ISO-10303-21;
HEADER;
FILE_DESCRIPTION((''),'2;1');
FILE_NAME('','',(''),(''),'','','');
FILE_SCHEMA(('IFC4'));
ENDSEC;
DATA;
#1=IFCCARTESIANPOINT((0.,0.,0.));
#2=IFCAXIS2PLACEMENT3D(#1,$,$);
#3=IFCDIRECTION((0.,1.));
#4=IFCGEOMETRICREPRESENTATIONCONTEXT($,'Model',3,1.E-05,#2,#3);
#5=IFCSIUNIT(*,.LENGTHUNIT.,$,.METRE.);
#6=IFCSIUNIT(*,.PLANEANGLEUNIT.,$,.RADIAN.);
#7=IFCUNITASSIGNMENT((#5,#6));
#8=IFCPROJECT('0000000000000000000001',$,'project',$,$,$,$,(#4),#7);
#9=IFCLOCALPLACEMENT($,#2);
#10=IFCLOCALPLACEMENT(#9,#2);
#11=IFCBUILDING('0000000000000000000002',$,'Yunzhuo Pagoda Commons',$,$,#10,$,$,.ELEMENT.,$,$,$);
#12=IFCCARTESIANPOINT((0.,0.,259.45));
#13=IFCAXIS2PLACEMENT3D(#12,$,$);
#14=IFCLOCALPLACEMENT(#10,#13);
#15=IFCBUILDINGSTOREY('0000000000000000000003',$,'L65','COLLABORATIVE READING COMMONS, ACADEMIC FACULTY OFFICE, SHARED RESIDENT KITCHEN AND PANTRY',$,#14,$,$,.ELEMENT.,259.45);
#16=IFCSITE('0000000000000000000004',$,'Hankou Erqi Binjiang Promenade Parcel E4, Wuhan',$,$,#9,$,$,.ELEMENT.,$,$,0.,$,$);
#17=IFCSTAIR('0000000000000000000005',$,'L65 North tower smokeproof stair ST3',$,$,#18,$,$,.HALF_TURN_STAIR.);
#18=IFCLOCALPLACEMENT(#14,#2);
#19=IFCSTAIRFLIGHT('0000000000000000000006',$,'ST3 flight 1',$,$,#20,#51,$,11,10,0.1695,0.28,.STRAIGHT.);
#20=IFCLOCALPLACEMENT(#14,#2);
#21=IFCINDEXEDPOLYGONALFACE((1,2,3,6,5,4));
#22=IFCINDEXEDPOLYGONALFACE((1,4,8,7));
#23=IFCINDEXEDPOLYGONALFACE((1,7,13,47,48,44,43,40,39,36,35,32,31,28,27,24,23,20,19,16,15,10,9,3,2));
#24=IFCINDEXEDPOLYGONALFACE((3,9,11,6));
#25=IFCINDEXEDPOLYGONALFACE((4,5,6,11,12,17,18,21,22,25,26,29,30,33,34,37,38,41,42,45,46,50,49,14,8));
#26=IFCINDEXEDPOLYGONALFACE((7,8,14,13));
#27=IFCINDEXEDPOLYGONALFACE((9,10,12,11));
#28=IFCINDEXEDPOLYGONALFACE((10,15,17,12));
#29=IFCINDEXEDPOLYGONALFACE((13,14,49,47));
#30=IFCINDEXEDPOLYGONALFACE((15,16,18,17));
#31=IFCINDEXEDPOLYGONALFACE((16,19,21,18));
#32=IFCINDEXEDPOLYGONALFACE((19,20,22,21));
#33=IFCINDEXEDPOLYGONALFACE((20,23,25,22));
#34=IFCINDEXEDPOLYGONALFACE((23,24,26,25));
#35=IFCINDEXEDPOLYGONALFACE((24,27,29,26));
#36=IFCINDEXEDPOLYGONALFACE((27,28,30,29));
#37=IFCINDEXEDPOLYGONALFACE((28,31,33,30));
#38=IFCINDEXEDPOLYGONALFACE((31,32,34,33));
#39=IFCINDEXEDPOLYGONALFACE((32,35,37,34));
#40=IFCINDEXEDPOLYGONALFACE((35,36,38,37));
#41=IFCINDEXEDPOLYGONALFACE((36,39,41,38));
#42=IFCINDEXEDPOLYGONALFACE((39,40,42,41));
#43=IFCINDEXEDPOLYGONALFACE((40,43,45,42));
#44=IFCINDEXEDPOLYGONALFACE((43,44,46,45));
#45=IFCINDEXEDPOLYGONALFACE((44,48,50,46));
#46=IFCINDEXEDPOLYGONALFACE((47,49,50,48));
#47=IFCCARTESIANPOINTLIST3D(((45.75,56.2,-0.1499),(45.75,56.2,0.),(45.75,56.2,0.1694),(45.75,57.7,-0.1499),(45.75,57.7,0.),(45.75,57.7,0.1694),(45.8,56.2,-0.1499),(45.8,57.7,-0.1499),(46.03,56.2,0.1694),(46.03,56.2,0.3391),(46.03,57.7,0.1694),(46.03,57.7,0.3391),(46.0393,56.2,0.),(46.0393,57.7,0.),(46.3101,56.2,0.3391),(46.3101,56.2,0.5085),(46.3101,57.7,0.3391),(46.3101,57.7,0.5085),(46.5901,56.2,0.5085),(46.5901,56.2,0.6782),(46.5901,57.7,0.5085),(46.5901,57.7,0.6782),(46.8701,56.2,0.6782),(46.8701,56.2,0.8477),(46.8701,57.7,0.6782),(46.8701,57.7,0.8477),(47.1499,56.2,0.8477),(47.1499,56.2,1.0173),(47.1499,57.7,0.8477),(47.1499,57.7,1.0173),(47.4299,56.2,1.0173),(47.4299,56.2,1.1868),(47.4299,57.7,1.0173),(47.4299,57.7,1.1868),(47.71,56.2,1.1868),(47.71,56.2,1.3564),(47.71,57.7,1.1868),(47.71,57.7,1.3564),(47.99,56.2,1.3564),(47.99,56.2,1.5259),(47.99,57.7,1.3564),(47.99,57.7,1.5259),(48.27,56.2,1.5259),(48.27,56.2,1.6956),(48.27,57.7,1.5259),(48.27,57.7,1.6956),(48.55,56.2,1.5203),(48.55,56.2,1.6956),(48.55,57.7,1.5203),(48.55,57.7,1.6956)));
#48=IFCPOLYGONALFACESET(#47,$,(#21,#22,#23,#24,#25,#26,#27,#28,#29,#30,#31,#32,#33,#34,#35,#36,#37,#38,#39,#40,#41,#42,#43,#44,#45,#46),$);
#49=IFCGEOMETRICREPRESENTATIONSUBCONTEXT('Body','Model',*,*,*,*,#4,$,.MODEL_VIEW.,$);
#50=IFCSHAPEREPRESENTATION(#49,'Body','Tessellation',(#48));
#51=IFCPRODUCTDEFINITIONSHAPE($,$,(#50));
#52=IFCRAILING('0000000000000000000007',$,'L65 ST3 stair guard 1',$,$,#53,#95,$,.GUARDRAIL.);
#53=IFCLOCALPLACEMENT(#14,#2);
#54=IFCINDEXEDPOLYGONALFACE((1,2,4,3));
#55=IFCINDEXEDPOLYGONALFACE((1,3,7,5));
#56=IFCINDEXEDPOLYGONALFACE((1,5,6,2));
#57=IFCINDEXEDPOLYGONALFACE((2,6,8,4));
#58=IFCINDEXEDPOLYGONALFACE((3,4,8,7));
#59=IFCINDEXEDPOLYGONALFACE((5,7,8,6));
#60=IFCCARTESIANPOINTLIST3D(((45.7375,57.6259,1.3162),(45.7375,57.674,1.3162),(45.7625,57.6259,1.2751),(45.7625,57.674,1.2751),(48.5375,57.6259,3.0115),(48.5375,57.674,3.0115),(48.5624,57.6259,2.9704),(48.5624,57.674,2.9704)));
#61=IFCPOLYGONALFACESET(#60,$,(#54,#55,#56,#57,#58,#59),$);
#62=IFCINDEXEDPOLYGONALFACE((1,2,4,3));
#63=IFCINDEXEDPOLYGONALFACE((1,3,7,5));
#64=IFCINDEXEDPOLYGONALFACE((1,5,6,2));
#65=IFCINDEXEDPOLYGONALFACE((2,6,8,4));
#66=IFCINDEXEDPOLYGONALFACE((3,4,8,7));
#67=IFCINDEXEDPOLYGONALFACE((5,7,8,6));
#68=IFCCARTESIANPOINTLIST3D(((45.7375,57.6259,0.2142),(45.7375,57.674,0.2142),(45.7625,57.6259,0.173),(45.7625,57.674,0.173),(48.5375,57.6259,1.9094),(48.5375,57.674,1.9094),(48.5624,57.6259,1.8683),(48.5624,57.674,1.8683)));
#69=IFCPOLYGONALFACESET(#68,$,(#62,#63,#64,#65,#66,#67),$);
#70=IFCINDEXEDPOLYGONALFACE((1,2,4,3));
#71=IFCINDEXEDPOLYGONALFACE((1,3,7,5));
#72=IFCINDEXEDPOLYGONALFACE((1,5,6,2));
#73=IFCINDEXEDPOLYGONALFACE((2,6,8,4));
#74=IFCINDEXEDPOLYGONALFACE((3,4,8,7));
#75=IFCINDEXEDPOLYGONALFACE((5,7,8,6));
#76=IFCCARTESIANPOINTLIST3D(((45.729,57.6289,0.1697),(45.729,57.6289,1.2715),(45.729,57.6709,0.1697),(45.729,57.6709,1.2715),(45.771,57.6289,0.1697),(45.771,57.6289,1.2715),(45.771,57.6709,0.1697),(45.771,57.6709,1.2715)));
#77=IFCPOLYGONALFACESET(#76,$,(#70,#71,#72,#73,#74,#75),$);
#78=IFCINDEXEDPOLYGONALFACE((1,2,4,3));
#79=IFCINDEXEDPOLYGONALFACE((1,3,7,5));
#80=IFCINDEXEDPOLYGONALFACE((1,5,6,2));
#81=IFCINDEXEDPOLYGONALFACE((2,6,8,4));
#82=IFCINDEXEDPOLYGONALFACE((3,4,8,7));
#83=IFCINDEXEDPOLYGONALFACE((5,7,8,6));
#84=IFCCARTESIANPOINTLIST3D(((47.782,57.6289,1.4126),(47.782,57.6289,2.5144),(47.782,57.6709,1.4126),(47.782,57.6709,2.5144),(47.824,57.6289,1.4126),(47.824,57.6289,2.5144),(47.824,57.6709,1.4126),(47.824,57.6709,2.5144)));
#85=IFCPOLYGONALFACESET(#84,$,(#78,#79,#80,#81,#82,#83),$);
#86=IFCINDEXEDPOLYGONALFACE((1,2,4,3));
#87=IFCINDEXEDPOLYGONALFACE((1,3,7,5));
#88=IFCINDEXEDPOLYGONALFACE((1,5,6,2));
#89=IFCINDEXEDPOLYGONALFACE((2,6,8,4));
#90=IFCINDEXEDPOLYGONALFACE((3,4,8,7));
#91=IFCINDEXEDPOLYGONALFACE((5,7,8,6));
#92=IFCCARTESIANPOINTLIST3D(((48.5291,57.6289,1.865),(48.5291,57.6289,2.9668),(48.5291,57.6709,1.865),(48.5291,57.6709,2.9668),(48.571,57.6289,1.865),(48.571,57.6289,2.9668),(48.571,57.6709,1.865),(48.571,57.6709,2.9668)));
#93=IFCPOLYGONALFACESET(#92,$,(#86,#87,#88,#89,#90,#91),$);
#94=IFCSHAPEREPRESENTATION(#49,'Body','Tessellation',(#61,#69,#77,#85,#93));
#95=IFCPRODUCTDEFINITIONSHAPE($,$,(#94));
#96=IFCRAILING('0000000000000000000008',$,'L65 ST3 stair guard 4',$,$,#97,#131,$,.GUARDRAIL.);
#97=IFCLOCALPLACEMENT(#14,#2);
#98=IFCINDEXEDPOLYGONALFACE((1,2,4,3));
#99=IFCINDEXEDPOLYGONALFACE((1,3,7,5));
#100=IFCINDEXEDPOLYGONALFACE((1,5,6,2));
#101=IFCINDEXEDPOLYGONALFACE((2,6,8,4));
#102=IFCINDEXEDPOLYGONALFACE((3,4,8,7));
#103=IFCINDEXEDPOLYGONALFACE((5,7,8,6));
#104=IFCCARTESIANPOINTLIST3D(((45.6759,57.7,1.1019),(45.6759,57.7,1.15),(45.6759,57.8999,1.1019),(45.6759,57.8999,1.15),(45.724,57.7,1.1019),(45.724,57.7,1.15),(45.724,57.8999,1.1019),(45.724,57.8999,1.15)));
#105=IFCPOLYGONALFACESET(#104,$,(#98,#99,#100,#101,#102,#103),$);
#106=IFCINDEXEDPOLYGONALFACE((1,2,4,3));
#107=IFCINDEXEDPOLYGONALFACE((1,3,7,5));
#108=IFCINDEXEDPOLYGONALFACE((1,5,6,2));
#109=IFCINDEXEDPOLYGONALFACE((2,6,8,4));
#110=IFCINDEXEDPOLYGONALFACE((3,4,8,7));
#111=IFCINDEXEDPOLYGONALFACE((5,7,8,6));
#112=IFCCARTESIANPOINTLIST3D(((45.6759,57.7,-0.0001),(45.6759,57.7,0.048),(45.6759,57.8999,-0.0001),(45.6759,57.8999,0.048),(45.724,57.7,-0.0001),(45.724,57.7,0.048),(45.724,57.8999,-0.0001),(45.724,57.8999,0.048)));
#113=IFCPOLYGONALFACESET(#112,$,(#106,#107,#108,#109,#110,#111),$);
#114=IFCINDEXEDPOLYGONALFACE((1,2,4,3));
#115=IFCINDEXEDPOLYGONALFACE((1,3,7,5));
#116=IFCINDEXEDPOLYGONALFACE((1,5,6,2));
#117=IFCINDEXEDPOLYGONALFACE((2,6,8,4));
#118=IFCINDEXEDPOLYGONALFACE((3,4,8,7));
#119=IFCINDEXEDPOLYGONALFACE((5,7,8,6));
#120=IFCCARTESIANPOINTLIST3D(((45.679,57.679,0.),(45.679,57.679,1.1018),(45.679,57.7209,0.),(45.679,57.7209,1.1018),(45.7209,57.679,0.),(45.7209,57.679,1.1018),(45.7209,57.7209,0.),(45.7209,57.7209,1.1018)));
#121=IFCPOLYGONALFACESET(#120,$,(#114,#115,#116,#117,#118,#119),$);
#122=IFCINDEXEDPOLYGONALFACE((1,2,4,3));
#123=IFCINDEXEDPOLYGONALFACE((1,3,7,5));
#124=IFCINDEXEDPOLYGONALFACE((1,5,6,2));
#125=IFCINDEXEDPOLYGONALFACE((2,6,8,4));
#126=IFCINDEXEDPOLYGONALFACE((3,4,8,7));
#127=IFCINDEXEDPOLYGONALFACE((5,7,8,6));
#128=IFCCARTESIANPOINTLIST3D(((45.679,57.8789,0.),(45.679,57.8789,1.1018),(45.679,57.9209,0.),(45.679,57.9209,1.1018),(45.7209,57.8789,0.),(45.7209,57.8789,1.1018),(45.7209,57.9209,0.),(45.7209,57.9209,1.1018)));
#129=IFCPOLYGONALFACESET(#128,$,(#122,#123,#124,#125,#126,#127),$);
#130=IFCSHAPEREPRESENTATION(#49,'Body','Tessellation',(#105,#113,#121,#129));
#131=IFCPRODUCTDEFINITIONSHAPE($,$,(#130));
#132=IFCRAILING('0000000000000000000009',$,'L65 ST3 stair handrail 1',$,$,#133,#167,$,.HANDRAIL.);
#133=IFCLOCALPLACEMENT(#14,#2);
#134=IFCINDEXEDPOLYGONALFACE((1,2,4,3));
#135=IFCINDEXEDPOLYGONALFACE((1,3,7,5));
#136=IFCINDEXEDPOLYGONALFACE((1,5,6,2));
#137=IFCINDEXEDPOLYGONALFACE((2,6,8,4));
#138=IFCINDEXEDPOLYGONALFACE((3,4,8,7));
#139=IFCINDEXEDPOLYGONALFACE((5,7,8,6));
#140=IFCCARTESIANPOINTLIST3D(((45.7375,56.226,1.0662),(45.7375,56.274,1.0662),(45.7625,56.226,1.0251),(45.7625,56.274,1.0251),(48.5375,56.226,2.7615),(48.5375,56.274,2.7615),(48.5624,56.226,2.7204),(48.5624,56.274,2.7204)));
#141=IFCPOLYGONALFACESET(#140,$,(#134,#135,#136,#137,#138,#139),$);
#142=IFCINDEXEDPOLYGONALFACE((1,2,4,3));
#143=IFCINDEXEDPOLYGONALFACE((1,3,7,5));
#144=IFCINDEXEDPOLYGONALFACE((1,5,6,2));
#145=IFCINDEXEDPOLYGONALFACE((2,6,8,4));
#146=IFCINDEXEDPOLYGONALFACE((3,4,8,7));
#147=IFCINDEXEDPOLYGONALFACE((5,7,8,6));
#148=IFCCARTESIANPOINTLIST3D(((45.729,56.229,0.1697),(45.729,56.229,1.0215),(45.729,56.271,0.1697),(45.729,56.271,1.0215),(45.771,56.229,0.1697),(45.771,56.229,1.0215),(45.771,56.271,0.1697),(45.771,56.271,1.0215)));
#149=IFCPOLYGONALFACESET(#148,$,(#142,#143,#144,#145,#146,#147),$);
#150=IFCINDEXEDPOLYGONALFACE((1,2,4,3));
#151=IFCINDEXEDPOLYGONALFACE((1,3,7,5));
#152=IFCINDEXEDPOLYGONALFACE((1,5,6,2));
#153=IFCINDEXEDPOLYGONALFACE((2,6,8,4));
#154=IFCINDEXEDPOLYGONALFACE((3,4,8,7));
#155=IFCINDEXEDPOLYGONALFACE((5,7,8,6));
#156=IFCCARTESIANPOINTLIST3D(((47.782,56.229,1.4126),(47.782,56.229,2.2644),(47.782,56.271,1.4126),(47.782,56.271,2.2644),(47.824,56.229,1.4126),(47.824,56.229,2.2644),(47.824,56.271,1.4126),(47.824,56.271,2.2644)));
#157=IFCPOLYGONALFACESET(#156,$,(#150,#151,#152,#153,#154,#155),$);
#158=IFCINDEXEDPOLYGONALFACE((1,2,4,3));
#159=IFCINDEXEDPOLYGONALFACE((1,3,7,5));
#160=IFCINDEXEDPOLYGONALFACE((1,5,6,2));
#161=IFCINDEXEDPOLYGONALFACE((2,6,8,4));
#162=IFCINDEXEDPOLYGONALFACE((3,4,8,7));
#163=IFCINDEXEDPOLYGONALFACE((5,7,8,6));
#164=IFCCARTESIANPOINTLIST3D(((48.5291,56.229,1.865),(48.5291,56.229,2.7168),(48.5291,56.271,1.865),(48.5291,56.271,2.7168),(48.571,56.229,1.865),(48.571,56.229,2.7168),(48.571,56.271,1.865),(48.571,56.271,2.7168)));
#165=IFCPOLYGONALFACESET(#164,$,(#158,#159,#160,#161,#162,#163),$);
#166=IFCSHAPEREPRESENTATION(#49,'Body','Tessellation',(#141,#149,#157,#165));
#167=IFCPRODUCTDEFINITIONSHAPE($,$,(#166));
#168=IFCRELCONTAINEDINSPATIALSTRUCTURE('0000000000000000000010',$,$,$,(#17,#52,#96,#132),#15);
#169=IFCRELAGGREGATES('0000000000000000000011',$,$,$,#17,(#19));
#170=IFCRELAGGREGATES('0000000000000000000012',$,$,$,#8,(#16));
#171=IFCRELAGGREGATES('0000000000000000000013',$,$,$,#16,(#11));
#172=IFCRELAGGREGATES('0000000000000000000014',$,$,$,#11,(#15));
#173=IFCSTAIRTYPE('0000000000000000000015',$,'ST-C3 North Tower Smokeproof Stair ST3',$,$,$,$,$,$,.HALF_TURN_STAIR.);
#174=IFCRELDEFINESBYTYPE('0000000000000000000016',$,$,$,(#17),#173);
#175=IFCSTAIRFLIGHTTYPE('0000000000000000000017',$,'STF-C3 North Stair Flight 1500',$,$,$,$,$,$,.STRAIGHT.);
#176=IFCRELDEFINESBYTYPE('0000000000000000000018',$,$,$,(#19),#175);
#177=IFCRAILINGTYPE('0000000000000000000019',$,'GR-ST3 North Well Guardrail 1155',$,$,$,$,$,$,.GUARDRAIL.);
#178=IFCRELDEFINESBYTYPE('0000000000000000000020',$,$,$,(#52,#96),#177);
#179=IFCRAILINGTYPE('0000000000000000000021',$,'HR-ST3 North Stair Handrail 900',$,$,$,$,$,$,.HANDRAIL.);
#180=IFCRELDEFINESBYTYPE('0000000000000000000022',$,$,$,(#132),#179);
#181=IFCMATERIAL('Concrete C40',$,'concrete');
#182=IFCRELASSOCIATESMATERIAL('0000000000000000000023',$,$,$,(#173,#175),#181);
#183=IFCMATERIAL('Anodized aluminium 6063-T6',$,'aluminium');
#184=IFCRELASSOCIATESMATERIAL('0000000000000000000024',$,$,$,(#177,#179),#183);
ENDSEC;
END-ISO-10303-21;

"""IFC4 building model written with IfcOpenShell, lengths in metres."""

from ifc_helpers import new_model, si_unit, direction, frame, origin, origin_2d, place, context, subcontext, project, spatial, polyline, rectangle, outline, extrude, source, transform, mapped, material, type_object, element, aggregate, save


model = new_model("IFC4")

# Units and contexts
model_context = context("Model", 3, precision=1e-05, world=origin(), true_north=direction((0.0, 1.0)))
body_context = subcontext(model_context, "Body", "Model", "MODEL_VIEW")
ifc_project = project(units=[si_unit("LENGTHUNIT", "METRE"), si_unit("PLANEANGLEUNIT", "RADIAN")], contexts=[model_context])

# Site, building, storey
site_placement = place(None, origin())
site = spatial("IfcSite", under=ifc_project, at=site_placement, Name="Hankou Erqi Binjiang Promenade Parcel E4, Wuhan", CompositionType="ELEMENT", RefElevation=0.0)
building_placement = place(site_placement, origin())
building = spatial("IfcBuilding", under=site, at=building_placement, Name="Yunzhuo Pagoda Commons", CompositionType="ELEMENT")
storey_placement = place(building_placement, frame((0.0, 0.0, 259.45)))
storey = spatial("IfcBuildingStorey", under=building, at=storey_placement, Name="L65", Description="COLLABORATIVE READING COMMONS, ACADEMIC FACULTY OFFICE, SHARED RESIDENT KITCHEN AND PANTRY", CompositionType="ELEMENT", Elevation=259.45)

# Shared definitions
ifc_material_1 = material(Name="Anodized aluminium 6063-T6", Category="aluminium")

# Stair, stair flight
ifc_material_2 = material(Name="Concrete C40", Category="concrete")
stair_type = type_object("IfcStairType", Name="ST-C3 North Tower Smokeproof Stair ST3", PredefinedType="HALF_TURN_STAIR", material=ifc_material_2)
stair_placement = place(storey_placement, origin())
stair = element("IfcStair", 1, at=stair_placement, inside=storey, type_object=stair_type, Name="L65 North tower smokeproof stair ST3", PredefinedType="HALF_TURN_STAIR")
stair_flight_type = type_object("IfcStairFlightType", Name="STF-C3 North Stair Flight 1500", PredefinedType="STRAIGHT", material=ifc_material_2)
shared_shape_1 = source(origin(), body_context, "Body", "SweptSolid", [
    extrude(outline(polyline([(0.0, -0.1499), (0.0, 0.0), (0.0, 0.1694), (0.28, 0.1694), (0.28, 0.3391), (0.5601, 0.3391), (0.5601, 0.5085), (0.8401, 0.5085), (0.8401, 0.6782), (1.1201, 0.6782), (1.1201, 0.8477), (1.3999, 0.8477), (1.3999, 1.0173), (1.6799, 1.0173), (1.6799, 1.1868), (1.96, 1.1868), (1.96, 1.3564), (2.24, 1.3564), (2.24, 1.5259), (2.52, 1.5259), (2.52, 1.6956), (2.8, 1.6956), (2.8, 1.865), (2.8, 1.5203), (0.2893, 0.0), (0.05, -0.1499), (0.0, -0.1499)])), frame((0.0, 0.75, 0.0), z_axis=(0.0, -1.0, 0.0), x_axis=(1.0, 0.0, 0.0)), (0.0, 0.0, 1.0), 1.5),
])
stair_flight_placement = place(storey_placement, frame((45.75, 56.95, 0.0), z_axis=(0.0, 0.0, 1.0), x_axis=(1.0, 0.0, 0.0)))
stair_flight = element("IfcStairFlight", 2, at=stair_flight_placement, type_object=stair_flight_type, Name="ST3 flight 1", NumberOfRisers=11, NumberOfTreads=10, PredefinedType="STRAIGHT", RiserHeight=0.1695, TreadLength=0.28, context=body_context, shape_type="MappedRepresentation", body=[
    mapped(shared_shape_1, transform((0.0, 0.0, 0.0), scale=1.0)),
])
aggregate(stair, [stair_flight])

# Railings
railing_type_1 = type_object("IfcRailingType", Name="GR-ST3 North Well Guardrail 1155", PredefinedType="GUARDRAIL", material=ifc_material_1)
railing_1_placement = place(storey_placement, frame((45.75, 57.6499, 0.1697)))
element("IfcRailing", 3, at=railing_1_placement, inside=storey, type_object=railing_type_1, Name="L65 ST3 stair guard 1", PredefinedType="GUARDRAIL", context=body_context, shape_type="SweptSolid", body=[
    extrude(rectangle(XDim=0.0481, YDim=0.0481, at=origin_2d()), frame((0.0, 0.0, 1.126), z_axis=(0.855426, 0.0, 0.517925), x_axis=(0.0, 1.0, 0.0)), (0.0, 0.0, 1.0), 3.2732),
    extrude(rectangle(XDim=0.0481, YDim=0.0481, at=origin_2d()), frame((0.0, 0.0, 0.0239), z_axis=(0.855426, 0.0, 0.517925), x_axis=(0.0, 1.0, 0.0)), (0.0, 0.0, 1.0), 3.2732),
    extrude(rectangle(XDim=0.042, YDim=0.042, at=origin_2d()), origin(), (0.0, 0.0, 1.0), 1.1018),
    extrude(rectangle(XDim=0.042, YDim=0.042, at=origin_2d()), frame((2.053, 0.0, 1.2429)), (0.0, 0.0, 1.0), 1.1018),
    extrude(rectangle(XDim=0.042, YDim=0.042, at=origin_2d()), frame((2.8, 0.0, 1.6953)), (0.0, 0.0, 1.0), 1.1018),
])
railing_2_placement = place(storey_placement, frame((45.7, 57.7, 0.0)))
element("IfcRailing", 4, at=railing_2_placement, inside=storey, type_object=railing_type_1, Name="L65 ST3 stair guard 4", PredefinedType="GUARDRAIL", context=body_context, shape_type="SweptSolid", body=[
    extrude(rectangle(XDim=0.0481, YDim=0.0481, at=origin_2d()), frame((0.0, 0.0, 1.126), z_axis=(0.0, 1.0, 0.0), x_axis=(-1.0, 0.0, 0.0)), (0.0, 0.0, 1.0), 0.2),
    extrude(rectangle(XDim=0.0481, YDim=0.0481, at=origin_2d()), frame((0.0, 0.0, 0.0239), z_axis=(0.0, 1.0, 0.0), x_axis=(-1.0, 0.0, 0.0)), (0.0, 0.0, 1.0), 0.2),
    extrude(rectangle(XDim=0.042, YDim=0.042, at=origin_2d()), origin(), (0.0, 0.0, 1.0), 1.1018),
    extrude(rectangle(XDim=0.042, YDim=0.042, at=origin_2d()), frame((0.0, 0.2, 0.0)), (0.0, 0.0, 1.0), 1.1018),
])
railing_type_2 = type_object("IfcRailingType", Name="HR-ST3 North Stair Handrail 900", PredefinedType="HANDRAIL", material=ifc_material_1)
railing_3_placement = place(storey_placement, frame((45.75, 56.25, 0.1697)))
element("IfcRailing", 5, at=railing_3_placement, inside=storey, type_object=railing_type_2, Name="L65 ST3 stair handrail 1", PredefinedType="HANDRAIL", context=body_context, shape_type="SweptSolid", body=[
    extrude(rectangle(XDim=0.0481, YDim=0.0481, at=origin_2d()), frame((0.0, 0.0, 0.876), z_axis=(0.855426, 0.0, 0.517925), x_axis=(0.0, 1.0, 0.0)), (0.0, 0.0, 1.0), 3.2732),
    extrude(rectangle(XDim=0.042, YDim=0.042, at=origin_2d()), origin(), (0.0, 0.0, 1.0), 0.8518),
    extrude(rectangle(XDim=0.042, YDim=0.042, at=origin_2d()), frame((2.053, 0.0, 1.2429)), (0.0, 0.0, 1.0), 0.8518),
    extrude(rectangle(XDim=0.042, YDim=0.042, at=origin_2d()), frame((2.8, 0.0, 1.6953)), (0.0, 0.0, 1.0), 0.8518),
])

save(model, "model.ifc")
